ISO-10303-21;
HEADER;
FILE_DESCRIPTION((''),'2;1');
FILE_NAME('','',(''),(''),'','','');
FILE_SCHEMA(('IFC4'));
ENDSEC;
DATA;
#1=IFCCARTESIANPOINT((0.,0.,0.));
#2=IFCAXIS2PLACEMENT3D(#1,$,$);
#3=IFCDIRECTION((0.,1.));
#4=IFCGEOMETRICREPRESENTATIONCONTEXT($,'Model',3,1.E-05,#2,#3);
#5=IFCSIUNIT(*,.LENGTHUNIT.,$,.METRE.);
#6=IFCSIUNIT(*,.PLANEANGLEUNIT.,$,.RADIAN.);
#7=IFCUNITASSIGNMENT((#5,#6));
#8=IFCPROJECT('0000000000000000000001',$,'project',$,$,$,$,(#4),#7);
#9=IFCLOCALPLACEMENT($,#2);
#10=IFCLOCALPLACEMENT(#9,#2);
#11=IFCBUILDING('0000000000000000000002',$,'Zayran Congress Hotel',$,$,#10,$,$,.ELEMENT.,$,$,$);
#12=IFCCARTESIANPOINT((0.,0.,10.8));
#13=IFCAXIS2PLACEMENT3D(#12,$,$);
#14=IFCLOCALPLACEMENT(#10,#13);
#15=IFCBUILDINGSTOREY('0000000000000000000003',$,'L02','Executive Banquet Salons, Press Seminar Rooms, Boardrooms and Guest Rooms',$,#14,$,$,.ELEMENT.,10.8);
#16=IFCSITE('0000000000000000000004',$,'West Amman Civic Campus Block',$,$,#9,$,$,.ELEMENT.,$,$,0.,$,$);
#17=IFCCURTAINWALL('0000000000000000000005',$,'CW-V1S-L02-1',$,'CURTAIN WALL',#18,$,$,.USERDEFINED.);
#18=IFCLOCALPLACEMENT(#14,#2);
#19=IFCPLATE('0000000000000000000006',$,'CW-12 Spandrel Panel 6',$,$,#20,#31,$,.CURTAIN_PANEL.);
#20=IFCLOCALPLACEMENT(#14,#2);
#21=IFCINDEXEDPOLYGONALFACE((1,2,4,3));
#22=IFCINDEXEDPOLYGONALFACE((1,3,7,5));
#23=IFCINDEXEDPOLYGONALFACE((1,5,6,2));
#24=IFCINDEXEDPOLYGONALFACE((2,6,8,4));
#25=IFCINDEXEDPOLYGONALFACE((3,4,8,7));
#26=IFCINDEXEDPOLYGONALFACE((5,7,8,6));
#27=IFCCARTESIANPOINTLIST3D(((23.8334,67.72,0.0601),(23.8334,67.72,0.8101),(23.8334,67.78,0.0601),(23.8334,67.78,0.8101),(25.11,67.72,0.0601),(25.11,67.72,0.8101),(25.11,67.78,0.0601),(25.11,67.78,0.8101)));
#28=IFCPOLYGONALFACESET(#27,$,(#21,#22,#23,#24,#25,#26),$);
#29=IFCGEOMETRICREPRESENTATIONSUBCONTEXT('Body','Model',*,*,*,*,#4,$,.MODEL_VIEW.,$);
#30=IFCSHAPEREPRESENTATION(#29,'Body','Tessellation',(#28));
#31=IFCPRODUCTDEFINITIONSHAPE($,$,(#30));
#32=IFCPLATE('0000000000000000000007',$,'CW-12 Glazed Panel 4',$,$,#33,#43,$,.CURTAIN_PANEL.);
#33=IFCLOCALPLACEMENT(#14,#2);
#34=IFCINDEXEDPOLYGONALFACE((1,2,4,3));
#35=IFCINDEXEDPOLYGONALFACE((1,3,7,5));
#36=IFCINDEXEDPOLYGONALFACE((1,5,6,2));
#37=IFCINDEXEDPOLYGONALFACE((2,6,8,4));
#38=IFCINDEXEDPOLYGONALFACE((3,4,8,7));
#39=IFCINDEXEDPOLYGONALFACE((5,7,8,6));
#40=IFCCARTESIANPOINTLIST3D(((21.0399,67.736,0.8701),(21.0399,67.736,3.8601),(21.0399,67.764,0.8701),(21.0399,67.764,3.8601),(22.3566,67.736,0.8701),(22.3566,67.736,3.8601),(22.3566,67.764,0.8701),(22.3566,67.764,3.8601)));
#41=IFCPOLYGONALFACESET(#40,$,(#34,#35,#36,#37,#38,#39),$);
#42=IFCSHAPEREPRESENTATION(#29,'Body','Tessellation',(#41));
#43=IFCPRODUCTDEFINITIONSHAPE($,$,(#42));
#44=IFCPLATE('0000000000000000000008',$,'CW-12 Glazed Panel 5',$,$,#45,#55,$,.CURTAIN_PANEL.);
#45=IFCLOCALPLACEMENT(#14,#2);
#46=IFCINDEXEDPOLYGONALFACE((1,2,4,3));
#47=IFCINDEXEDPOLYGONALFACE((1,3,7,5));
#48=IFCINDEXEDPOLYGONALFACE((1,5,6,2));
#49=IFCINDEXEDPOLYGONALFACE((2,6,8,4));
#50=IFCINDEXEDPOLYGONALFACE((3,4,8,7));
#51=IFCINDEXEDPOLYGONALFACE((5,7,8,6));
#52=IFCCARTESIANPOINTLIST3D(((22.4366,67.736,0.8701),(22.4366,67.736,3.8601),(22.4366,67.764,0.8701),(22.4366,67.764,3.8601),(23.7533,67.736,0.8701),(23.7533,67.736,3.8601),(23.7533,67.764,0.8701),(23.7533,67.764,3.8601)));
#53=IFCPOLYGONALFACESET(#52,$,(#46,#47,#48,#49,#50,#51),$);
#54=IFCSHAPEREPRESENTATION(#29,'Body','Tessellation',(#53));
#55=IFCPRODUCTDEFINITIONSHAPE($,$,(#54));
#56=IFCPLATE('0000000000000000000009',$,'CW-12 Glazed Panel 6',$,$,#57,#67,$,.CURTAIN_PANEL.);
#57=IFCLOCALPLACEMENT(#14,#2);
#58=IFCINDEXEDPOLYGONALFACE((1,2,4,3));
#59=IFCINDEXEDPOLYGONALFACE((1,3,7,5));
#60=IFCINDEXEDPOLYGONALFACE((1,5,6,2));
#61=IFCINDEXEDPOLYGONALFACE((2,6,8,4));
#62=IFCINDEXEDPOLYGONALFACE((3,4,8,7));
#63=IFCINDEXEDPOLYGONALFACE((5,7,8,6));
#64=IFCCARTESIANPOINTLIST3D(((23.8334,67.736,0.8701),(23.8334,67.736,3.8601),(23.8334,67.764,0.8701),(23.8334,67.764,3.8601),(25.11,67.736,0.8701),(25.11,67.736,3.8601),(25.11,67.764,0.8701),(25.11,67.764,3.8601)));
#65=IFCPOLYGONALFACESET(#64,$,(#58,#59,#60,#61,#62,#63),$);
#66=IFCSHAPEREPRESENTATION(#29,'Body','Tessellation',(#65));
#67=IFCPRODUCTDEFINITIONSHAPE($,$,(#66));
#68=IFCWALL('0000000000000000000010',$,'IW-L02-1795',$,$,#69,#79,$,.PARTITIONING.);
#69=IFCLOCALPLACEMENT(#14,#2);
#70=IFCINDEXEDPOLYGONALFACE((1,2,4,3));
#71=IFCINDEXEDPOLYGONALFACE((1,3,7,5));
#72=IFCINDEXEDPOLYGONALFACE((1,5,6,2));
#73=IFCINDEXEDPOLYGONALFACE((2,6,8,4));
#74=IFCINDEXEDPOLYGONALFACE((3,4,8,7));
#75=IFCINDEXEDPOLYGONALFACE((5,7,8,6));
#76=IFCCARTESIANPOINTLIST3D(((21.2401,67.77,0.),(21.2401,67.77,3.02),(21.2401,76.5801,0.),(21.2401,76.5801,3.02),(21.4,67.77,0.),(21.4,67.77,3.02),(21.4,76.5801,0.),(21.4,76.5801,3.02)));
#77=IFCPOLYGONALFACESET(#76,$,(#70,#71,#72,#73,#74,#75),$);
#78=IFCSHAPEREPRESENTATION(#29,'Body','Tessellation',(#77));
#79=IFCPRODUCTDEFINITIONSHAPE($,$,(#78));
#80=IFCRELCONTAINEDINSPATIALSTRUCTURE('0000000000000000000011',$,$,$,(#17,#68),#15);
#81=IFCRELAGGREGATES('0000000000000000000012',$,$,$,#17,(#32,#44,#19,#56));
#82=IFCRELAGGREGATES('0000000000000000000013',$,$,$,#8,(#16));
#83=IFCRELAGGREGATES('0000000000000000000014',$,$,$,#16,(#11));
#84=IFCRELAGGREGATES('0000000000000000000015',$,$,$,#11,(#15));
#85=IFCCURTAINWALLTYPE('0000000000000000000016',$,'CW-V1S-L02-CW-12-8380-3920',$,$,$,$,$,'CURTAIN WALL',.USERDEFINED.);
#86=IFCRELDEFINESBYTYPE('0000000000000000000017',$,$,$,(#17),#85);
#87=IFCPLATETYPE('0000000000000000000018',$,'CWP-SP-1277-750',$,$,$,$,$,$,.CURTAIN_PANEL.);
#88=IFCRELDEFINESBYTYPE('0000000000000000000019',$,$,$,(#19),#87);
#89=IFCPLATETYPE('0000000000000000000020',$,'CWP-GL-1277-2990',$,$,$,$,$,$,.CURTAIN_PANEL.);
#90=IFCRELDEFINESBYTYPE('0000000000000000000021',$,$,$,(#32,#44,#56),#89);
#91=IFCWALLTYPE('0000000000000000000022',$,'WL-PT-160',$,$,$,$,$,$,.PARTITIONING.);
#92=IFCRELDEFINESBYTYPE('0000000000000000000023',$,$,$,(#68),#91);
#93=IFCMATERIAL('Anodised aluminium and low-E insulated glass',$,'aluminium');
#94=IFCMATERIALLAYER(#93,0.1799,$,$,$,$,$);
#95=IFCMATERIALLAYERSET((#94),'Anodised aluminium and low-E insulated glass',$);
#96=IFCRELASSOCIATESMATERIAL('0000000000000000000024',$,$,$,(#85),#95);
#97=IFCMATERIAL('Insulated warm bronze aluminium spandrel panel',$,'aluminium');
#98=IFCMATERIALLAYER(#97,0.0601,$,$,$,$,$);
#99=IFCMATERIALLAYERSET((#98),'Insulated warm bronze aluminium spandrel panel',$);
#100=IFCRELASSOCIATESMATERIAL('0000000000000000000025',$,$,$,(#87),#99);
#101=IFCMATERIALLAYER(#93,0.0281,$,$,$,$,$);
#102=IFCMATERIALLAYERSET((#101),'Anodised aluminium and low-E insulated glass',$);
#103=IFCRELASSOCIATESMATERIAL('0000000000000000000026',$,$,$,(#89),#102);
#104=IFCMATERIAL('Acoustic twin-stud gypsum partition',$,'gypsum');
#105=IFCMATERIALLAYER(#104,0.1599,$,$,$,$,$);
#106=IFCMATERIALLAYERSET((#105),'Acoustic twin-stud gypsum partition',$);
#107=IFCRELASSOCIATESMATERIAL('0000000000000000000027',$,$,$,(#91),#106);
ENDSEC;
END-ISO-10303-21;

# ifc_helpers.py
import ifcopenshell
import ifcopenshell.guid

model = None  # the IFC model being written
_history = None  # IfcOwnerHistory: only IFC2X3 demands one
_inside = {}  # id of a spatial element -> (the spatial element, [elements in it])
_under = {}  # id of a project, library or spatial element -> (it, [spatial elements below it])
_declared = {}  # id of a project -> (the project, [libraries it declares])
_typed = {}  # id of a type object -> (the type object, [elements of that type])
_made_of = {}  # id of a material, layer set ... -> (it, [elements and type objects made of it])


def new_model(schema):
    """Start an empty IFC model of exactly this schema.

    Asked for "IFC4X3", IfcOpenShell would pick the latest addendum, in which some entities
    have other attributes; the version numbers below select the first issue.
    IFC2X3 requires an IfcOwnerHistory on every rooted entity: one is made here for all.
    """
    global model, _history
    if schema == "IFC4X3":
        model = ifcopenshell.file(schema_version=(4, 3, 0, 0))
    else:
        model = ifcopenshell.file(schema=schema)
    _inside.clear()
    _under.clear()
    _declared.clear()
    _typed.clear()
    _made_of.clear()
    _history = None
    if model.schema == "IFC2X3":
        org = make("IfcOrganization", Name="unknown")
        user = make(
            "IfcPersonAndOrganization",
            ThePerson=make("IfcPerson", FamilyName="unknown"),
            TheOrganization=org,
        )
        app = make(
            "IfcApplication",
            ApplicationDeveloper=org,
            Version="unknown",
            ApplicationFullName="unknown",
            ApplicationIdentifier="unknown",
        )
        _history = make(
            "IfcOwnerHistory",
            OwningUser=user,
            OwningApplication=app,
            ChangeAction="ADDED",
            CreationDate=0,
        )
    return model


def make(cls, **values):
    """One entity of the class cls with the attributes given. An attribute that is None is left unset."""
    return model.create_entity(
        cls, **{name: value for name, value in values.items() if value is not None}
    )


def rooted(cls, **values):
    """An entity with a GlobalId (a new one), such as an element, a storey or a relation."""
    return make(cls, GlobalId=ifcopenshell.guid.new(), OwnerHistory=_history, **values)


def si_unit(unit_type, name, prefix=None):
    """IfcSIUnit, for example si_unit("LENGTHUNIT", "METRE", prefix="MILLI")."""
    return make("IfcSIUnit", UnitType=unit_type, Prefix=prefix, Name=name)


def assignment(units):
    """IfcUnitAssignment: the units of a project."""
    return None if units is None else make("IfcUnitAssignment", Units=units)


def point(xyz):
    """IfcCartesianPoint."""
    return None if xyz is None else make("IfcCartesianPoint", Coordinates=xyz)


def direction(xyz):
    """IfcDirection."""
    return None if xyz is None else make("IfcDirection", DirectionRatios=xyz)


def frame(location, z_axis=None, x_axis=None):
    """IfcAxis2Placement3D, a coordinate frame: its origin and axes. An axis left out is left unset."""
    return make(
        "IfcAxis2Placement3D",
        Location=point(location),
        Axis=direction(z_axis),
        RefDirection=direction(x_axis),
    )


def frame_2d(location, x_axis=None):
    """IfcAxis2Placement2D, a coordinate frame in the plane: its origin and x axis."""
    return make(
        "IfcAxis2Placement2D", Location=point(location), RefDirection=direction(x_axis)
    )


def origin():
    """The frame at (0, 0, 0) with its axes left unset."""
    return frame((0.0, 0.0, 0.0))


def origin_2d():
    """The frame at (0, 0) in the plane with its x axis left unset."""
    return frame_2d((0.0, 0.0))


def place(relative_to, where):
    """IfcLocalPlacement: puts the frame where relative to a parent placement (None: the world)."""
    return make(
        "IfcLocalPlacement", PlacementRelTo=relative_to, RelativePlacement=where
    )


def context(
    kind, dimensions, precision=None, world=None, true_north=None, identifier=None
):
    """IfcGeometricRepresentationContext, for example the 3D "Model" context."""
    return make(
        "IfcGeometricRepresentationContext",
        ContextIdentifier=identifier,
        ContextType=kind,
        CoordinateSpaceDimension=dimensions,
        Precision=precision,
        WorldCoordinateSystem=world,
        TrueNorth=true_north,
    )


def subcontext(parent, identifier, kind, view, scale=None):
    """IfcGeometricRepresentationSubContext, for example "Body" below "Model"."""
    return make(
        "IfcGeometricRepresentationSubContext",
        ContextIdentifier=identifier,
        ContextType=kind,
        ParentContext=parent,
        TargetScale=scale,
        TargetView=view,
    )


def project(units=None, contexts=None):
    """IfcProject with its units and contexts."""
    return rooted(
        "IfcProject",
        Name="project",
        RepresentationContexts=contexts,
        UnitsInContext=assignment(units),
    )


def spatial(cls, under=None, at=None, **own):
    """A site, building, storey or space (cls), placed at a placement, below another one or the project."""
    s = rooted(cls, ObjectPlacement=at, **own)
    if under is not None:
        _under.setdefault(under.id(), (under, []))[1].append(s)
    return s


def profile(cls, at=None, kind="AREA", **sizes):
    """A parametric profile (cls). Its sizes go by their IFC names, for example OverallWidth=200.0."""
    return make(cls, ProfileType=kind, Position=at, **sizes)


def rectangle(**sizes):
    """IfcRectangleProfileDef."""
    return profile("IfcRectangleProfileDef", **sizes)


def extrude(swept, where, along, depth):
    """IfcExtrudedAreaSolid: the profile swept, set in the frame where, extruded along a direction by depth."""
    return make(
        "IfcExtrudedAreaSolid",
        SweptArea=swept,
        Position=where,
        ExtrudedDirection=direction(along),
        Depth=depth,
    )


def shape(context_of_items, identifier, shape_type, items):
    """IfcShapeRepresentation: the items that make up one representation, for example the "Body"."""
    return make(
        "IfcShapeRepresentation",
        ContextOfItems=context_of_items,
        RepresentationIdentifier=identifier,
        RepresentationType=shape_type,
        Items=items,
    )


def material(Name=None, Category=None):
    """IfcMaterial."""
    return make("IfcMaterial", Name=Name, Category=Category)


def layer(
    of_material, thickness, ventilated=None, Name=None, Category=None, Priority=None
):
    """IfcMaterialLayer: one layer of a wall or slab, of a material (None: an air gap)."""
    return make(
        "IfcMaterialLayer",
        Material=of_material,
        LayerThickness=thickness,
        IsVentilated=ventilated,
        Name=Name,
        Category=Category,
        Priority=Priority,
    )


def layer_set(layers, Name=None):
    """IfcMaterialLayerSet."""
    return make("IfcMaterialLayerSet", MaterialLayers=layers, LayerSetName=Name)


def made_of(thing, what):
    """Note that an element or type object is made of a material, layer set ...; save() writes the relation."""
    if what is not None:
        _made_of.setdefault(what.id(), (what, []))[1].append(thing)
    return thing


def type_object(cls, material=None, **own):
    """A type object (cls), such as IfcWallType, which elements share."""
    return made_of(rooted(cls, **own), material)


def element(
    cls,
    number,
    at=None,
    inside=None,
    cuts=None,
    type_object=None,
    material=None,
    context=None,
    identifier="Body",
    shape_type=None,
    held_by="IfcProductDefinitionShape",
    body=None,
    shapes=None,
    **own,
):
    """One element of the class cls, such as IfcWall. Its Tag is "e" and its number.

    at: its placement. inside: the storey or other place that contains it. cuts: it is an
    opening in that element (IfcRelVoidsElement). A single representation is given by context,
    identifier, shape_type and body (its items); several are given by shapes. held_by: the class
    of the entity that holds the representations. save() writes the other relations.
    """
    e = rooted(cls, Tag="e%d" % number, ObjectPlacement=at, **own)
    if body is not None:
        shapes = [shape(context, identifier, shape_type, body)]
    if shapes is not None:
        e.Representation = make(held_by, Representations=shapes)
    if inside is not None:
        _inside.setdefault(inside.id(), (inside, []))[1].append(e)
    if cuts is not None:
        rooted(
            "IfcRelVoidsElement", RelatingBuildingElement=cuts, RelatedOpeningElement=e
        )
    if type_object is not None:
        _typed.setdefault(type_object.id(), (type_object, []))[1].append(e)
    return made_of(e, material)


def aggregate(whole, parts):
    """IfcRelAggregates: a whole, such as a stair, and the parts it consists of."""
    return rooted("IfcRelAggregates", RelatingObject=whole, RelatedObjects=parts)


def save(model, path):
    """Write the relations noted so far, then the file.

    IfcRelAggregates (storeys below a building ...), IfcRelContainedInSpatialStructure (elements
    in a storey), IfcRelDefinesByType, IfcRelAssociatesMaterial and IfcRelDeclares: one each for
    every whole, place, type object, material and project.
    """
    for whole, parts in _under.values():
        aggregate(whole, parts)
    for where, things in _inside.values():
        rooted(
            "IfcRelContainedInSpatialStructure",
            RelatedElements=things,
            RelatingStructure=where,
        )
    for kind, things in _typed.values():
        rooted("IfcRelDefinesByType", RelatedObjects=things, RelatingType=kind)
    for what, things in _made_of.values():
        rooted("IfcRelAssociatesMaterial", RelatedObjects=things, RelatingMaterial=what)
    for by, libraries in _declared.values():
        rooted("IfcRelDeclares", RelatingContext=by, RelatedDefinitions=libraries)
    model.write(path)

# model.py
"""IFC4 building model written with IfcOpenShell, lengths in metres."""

from ifc_helpers import new_model, si_unit, direction, frame, frame_2d, origin, origin_2d, place, context, subcontext, project, spatial, rectangle, extrude, material, layer, layer_set, type_object, element, aggregate, save


model = new_model("IFC4")

# Units and contexts
model_context = context("Model", 3, precision=1e-05, world=origin(), true_north=direction((0.0, 1.0)))
body_context = subcontext(model_context, "Body", "Model", "MODEL_VIEW")
ifc_project = project(units=[si_unit("LENGTHUNIT", "METRE"), si_unit("PLANEANGLEUNIT", "RADIAN")], contexts=[model_context])

# Site, building, storey
site_placement = place(None, origin())
site = spatial("IfcSite", under=ifc_project, at=site_placement, Name="West Amman Civic Campus Block", CompositionType="ELEMENT", RefElevation=0.0)
building_placement = place(site_placement, origin())
building = spatial("IfcBuilding", under=site, at=building_placement, Name="Zayran Congress Hotel", CompositionType="ELEMENT")
storey_placement = place(building_placement, frame((0.0, 0.0, 10.8)))
storey = spatial("IfcBuildingStorey", under=building, at=storey_placement, Name="L02", Description="Executive Banquet Salons, Press Seminar Rooms, Boardrooms and Guest Rooms", CompositionType="ELEMENT", Elevation=10.8)

# Curtain wall
ifc_material_1 = material(Name="Anodised aluminium and low-E insulated glass", Category="aluminium")
ifc_layer_1 = layer(ifc_material_1, 0.1799)
ifc_layer_set_1 = layer_set([ifc_layer_1], Name="Anodised aluminium and low-E insulated glass")
curtain_wall_type_1 = type_object("IfcCurtainWallType", Name="CW-V1S-L02-CW-12-8380-3920", ElementType="CURTAIN WALL", PredefinedType="USERDEFINED", material=ifc_layer_set_1)
curtain_wall_1_placement = place(storey_placement, origin())
curtain_wall_1 = element("IfcCurtainWall", 1, at=curtain_wall_1_placement, inside=storey, type_object=curtain_wall_type_1, Name="CW-V1S-L02-1", ObjectType="CURTAIN WALL", PredefinedType="USERDEFINED")

# Plates
ifc_material_2 = material(Name="Insulated warm bronze aluminium spandrel panel", Category="aluminium")
ifc_layer_2 = layer(ifc_material_2, 0.0601)
ifc_layer_set_2 = layer_set([ifc_layer_2], Name="Insulated warm bronze aluminium spandrel panel")
plate_type_1 = type_object("IfcPlateType", Name="CWP-SP-1277-750", PredefinedType="CURTAIN_PANEL", material=ifc_layer_set_2)
plate_1_placement = place(storey_placement, frame((24.4717, 67.75, 0.0601), z_axis=(0.0, 0.0, 1.0), x_axis=(1.0, 0.0, 0.0)))
plate_1 = element("IfcPlate", 2, at=plate_1_placement, type_object=plate_type_1, Name="CW-12 Spandrel Panel 6", PredefinedType="CURTAIN_PANEL", context=body_context, shape_type="SweptSolid", body=[
    extrude(rectangle(XDim=1.2766, YDim=0.0601, at=origin_2d()), origin(), (0.0, 0.0, 1.0), 0.75),
])
ifc_layer_3 = layer(ifc_material_1, 0.0281)
ifc_layer_set_3 = layer_set([ifc_layer_3], Name="Anodised aluminium and low-E insulated glass")
plate_type_2 = type_object("IfcPlateType", Name="CWP-GL-1277-2990", PredefinedType="CURTAIN_PANEL", material=ifc_layer_set_3)
plate_2_placement = place(storey_placement, frame((21.6982, 67.75, 0.8701), z_axis=(0.0, 0.0, 1.0), x_axis=(1.0, 0.0, 0.0)))
plate_2 = element("IfcPlate", 3, at=plate_2_placement, type_object=plate_type_2, Name="CW-12 Glazed Panel 4", PredefinedType="CURTAIN_PANEL", context=body_context, shape_type="SweptSolid", body=[
    extrude(rectangle(XDim=1.3167, YDim=0.0281, at=origin_2d()), origin(), (0.0, 0.0, 1.0), 2.99),
])
plate_3_placement = place(storey_placement, frame((23.095, 67.75, 0.8701), z_axis=(0.0, 0.0, 1.0), x_axis=(1.0, 0.0, 0.0)))
plate_3 = element("IfcPlate", 4, at=plate_3_placement, type_object=plate_type_2, Name="CW-12 Glazed Panel 5", PredefinedType="CURTAIN_PANEL", context=body_context, shape_type="SweptSolid", body=[
    extrude(rectangle(XDim=1.3167, YDim=0.0281, at=origin_2d()), origin(), (0.0, 0.0, 1.0), 2.99),
])
plate_4_placement = place(storey_placement, frame((24.4717, 67.75, 0.8701), z_axis=(0.0, 0.0, 1.0), x_axis=(1.0, 0.0, 0.0)))
plate_4 = element("IfcPlate", 5, at=plate_4_placement, type_object=plate_type_2, Name="CW-12 Glazed Panel 6", PredefinedType="CURTAIN_PANEL", context=body_context, shape_type="SweptSolid", body=[
    extrude(rectangle(XDim=1.2766, YDim=0.0281, at=origin_2d()), origin(), (0.0, 0.0, 1.0), 2.99),
])
aggregate(curtain_wall_1, [plate_2, plate_3, plate_1, plate_4])

# Wall
ifc_material_3 = material(Name="Acoustic twin-stud gypsum partition", Category="gypsum")
ifc_layer_4 = layer(ifc_material_3, 0.1599)
ifc_layer_set_4 = layer_set([ifc_layer_4], Name="Acoustic twin-stud gypsum partition")
wall_type = type_object("IfcWallType", Name="WL-PT-160", PredefinedType="PARTITIONING", material=ifc_layer_set_4)
wall_placement = place(storey_placement, frame((21.3201, 67.77, 0.0), z_axis=(0.0, 0.0, 1.0), x_axis=(0.0, 1.0, 0.0)))
element("IfcWall", 6, at=wall_placement, inside=storey, type_object=wall_type, Name="IW-L02-1795", PredefinedType="PARTITIONING", context=body_context, shape_type="SweptSolid", body=[
    extrude(rectangle(XDim=8.8101, YDim=0.1599, at=frame_2d((4.405, 0.0))), origin(), (0.0, 0.0, 1.0), 3.02),
])

save(model, "model.ifc")
